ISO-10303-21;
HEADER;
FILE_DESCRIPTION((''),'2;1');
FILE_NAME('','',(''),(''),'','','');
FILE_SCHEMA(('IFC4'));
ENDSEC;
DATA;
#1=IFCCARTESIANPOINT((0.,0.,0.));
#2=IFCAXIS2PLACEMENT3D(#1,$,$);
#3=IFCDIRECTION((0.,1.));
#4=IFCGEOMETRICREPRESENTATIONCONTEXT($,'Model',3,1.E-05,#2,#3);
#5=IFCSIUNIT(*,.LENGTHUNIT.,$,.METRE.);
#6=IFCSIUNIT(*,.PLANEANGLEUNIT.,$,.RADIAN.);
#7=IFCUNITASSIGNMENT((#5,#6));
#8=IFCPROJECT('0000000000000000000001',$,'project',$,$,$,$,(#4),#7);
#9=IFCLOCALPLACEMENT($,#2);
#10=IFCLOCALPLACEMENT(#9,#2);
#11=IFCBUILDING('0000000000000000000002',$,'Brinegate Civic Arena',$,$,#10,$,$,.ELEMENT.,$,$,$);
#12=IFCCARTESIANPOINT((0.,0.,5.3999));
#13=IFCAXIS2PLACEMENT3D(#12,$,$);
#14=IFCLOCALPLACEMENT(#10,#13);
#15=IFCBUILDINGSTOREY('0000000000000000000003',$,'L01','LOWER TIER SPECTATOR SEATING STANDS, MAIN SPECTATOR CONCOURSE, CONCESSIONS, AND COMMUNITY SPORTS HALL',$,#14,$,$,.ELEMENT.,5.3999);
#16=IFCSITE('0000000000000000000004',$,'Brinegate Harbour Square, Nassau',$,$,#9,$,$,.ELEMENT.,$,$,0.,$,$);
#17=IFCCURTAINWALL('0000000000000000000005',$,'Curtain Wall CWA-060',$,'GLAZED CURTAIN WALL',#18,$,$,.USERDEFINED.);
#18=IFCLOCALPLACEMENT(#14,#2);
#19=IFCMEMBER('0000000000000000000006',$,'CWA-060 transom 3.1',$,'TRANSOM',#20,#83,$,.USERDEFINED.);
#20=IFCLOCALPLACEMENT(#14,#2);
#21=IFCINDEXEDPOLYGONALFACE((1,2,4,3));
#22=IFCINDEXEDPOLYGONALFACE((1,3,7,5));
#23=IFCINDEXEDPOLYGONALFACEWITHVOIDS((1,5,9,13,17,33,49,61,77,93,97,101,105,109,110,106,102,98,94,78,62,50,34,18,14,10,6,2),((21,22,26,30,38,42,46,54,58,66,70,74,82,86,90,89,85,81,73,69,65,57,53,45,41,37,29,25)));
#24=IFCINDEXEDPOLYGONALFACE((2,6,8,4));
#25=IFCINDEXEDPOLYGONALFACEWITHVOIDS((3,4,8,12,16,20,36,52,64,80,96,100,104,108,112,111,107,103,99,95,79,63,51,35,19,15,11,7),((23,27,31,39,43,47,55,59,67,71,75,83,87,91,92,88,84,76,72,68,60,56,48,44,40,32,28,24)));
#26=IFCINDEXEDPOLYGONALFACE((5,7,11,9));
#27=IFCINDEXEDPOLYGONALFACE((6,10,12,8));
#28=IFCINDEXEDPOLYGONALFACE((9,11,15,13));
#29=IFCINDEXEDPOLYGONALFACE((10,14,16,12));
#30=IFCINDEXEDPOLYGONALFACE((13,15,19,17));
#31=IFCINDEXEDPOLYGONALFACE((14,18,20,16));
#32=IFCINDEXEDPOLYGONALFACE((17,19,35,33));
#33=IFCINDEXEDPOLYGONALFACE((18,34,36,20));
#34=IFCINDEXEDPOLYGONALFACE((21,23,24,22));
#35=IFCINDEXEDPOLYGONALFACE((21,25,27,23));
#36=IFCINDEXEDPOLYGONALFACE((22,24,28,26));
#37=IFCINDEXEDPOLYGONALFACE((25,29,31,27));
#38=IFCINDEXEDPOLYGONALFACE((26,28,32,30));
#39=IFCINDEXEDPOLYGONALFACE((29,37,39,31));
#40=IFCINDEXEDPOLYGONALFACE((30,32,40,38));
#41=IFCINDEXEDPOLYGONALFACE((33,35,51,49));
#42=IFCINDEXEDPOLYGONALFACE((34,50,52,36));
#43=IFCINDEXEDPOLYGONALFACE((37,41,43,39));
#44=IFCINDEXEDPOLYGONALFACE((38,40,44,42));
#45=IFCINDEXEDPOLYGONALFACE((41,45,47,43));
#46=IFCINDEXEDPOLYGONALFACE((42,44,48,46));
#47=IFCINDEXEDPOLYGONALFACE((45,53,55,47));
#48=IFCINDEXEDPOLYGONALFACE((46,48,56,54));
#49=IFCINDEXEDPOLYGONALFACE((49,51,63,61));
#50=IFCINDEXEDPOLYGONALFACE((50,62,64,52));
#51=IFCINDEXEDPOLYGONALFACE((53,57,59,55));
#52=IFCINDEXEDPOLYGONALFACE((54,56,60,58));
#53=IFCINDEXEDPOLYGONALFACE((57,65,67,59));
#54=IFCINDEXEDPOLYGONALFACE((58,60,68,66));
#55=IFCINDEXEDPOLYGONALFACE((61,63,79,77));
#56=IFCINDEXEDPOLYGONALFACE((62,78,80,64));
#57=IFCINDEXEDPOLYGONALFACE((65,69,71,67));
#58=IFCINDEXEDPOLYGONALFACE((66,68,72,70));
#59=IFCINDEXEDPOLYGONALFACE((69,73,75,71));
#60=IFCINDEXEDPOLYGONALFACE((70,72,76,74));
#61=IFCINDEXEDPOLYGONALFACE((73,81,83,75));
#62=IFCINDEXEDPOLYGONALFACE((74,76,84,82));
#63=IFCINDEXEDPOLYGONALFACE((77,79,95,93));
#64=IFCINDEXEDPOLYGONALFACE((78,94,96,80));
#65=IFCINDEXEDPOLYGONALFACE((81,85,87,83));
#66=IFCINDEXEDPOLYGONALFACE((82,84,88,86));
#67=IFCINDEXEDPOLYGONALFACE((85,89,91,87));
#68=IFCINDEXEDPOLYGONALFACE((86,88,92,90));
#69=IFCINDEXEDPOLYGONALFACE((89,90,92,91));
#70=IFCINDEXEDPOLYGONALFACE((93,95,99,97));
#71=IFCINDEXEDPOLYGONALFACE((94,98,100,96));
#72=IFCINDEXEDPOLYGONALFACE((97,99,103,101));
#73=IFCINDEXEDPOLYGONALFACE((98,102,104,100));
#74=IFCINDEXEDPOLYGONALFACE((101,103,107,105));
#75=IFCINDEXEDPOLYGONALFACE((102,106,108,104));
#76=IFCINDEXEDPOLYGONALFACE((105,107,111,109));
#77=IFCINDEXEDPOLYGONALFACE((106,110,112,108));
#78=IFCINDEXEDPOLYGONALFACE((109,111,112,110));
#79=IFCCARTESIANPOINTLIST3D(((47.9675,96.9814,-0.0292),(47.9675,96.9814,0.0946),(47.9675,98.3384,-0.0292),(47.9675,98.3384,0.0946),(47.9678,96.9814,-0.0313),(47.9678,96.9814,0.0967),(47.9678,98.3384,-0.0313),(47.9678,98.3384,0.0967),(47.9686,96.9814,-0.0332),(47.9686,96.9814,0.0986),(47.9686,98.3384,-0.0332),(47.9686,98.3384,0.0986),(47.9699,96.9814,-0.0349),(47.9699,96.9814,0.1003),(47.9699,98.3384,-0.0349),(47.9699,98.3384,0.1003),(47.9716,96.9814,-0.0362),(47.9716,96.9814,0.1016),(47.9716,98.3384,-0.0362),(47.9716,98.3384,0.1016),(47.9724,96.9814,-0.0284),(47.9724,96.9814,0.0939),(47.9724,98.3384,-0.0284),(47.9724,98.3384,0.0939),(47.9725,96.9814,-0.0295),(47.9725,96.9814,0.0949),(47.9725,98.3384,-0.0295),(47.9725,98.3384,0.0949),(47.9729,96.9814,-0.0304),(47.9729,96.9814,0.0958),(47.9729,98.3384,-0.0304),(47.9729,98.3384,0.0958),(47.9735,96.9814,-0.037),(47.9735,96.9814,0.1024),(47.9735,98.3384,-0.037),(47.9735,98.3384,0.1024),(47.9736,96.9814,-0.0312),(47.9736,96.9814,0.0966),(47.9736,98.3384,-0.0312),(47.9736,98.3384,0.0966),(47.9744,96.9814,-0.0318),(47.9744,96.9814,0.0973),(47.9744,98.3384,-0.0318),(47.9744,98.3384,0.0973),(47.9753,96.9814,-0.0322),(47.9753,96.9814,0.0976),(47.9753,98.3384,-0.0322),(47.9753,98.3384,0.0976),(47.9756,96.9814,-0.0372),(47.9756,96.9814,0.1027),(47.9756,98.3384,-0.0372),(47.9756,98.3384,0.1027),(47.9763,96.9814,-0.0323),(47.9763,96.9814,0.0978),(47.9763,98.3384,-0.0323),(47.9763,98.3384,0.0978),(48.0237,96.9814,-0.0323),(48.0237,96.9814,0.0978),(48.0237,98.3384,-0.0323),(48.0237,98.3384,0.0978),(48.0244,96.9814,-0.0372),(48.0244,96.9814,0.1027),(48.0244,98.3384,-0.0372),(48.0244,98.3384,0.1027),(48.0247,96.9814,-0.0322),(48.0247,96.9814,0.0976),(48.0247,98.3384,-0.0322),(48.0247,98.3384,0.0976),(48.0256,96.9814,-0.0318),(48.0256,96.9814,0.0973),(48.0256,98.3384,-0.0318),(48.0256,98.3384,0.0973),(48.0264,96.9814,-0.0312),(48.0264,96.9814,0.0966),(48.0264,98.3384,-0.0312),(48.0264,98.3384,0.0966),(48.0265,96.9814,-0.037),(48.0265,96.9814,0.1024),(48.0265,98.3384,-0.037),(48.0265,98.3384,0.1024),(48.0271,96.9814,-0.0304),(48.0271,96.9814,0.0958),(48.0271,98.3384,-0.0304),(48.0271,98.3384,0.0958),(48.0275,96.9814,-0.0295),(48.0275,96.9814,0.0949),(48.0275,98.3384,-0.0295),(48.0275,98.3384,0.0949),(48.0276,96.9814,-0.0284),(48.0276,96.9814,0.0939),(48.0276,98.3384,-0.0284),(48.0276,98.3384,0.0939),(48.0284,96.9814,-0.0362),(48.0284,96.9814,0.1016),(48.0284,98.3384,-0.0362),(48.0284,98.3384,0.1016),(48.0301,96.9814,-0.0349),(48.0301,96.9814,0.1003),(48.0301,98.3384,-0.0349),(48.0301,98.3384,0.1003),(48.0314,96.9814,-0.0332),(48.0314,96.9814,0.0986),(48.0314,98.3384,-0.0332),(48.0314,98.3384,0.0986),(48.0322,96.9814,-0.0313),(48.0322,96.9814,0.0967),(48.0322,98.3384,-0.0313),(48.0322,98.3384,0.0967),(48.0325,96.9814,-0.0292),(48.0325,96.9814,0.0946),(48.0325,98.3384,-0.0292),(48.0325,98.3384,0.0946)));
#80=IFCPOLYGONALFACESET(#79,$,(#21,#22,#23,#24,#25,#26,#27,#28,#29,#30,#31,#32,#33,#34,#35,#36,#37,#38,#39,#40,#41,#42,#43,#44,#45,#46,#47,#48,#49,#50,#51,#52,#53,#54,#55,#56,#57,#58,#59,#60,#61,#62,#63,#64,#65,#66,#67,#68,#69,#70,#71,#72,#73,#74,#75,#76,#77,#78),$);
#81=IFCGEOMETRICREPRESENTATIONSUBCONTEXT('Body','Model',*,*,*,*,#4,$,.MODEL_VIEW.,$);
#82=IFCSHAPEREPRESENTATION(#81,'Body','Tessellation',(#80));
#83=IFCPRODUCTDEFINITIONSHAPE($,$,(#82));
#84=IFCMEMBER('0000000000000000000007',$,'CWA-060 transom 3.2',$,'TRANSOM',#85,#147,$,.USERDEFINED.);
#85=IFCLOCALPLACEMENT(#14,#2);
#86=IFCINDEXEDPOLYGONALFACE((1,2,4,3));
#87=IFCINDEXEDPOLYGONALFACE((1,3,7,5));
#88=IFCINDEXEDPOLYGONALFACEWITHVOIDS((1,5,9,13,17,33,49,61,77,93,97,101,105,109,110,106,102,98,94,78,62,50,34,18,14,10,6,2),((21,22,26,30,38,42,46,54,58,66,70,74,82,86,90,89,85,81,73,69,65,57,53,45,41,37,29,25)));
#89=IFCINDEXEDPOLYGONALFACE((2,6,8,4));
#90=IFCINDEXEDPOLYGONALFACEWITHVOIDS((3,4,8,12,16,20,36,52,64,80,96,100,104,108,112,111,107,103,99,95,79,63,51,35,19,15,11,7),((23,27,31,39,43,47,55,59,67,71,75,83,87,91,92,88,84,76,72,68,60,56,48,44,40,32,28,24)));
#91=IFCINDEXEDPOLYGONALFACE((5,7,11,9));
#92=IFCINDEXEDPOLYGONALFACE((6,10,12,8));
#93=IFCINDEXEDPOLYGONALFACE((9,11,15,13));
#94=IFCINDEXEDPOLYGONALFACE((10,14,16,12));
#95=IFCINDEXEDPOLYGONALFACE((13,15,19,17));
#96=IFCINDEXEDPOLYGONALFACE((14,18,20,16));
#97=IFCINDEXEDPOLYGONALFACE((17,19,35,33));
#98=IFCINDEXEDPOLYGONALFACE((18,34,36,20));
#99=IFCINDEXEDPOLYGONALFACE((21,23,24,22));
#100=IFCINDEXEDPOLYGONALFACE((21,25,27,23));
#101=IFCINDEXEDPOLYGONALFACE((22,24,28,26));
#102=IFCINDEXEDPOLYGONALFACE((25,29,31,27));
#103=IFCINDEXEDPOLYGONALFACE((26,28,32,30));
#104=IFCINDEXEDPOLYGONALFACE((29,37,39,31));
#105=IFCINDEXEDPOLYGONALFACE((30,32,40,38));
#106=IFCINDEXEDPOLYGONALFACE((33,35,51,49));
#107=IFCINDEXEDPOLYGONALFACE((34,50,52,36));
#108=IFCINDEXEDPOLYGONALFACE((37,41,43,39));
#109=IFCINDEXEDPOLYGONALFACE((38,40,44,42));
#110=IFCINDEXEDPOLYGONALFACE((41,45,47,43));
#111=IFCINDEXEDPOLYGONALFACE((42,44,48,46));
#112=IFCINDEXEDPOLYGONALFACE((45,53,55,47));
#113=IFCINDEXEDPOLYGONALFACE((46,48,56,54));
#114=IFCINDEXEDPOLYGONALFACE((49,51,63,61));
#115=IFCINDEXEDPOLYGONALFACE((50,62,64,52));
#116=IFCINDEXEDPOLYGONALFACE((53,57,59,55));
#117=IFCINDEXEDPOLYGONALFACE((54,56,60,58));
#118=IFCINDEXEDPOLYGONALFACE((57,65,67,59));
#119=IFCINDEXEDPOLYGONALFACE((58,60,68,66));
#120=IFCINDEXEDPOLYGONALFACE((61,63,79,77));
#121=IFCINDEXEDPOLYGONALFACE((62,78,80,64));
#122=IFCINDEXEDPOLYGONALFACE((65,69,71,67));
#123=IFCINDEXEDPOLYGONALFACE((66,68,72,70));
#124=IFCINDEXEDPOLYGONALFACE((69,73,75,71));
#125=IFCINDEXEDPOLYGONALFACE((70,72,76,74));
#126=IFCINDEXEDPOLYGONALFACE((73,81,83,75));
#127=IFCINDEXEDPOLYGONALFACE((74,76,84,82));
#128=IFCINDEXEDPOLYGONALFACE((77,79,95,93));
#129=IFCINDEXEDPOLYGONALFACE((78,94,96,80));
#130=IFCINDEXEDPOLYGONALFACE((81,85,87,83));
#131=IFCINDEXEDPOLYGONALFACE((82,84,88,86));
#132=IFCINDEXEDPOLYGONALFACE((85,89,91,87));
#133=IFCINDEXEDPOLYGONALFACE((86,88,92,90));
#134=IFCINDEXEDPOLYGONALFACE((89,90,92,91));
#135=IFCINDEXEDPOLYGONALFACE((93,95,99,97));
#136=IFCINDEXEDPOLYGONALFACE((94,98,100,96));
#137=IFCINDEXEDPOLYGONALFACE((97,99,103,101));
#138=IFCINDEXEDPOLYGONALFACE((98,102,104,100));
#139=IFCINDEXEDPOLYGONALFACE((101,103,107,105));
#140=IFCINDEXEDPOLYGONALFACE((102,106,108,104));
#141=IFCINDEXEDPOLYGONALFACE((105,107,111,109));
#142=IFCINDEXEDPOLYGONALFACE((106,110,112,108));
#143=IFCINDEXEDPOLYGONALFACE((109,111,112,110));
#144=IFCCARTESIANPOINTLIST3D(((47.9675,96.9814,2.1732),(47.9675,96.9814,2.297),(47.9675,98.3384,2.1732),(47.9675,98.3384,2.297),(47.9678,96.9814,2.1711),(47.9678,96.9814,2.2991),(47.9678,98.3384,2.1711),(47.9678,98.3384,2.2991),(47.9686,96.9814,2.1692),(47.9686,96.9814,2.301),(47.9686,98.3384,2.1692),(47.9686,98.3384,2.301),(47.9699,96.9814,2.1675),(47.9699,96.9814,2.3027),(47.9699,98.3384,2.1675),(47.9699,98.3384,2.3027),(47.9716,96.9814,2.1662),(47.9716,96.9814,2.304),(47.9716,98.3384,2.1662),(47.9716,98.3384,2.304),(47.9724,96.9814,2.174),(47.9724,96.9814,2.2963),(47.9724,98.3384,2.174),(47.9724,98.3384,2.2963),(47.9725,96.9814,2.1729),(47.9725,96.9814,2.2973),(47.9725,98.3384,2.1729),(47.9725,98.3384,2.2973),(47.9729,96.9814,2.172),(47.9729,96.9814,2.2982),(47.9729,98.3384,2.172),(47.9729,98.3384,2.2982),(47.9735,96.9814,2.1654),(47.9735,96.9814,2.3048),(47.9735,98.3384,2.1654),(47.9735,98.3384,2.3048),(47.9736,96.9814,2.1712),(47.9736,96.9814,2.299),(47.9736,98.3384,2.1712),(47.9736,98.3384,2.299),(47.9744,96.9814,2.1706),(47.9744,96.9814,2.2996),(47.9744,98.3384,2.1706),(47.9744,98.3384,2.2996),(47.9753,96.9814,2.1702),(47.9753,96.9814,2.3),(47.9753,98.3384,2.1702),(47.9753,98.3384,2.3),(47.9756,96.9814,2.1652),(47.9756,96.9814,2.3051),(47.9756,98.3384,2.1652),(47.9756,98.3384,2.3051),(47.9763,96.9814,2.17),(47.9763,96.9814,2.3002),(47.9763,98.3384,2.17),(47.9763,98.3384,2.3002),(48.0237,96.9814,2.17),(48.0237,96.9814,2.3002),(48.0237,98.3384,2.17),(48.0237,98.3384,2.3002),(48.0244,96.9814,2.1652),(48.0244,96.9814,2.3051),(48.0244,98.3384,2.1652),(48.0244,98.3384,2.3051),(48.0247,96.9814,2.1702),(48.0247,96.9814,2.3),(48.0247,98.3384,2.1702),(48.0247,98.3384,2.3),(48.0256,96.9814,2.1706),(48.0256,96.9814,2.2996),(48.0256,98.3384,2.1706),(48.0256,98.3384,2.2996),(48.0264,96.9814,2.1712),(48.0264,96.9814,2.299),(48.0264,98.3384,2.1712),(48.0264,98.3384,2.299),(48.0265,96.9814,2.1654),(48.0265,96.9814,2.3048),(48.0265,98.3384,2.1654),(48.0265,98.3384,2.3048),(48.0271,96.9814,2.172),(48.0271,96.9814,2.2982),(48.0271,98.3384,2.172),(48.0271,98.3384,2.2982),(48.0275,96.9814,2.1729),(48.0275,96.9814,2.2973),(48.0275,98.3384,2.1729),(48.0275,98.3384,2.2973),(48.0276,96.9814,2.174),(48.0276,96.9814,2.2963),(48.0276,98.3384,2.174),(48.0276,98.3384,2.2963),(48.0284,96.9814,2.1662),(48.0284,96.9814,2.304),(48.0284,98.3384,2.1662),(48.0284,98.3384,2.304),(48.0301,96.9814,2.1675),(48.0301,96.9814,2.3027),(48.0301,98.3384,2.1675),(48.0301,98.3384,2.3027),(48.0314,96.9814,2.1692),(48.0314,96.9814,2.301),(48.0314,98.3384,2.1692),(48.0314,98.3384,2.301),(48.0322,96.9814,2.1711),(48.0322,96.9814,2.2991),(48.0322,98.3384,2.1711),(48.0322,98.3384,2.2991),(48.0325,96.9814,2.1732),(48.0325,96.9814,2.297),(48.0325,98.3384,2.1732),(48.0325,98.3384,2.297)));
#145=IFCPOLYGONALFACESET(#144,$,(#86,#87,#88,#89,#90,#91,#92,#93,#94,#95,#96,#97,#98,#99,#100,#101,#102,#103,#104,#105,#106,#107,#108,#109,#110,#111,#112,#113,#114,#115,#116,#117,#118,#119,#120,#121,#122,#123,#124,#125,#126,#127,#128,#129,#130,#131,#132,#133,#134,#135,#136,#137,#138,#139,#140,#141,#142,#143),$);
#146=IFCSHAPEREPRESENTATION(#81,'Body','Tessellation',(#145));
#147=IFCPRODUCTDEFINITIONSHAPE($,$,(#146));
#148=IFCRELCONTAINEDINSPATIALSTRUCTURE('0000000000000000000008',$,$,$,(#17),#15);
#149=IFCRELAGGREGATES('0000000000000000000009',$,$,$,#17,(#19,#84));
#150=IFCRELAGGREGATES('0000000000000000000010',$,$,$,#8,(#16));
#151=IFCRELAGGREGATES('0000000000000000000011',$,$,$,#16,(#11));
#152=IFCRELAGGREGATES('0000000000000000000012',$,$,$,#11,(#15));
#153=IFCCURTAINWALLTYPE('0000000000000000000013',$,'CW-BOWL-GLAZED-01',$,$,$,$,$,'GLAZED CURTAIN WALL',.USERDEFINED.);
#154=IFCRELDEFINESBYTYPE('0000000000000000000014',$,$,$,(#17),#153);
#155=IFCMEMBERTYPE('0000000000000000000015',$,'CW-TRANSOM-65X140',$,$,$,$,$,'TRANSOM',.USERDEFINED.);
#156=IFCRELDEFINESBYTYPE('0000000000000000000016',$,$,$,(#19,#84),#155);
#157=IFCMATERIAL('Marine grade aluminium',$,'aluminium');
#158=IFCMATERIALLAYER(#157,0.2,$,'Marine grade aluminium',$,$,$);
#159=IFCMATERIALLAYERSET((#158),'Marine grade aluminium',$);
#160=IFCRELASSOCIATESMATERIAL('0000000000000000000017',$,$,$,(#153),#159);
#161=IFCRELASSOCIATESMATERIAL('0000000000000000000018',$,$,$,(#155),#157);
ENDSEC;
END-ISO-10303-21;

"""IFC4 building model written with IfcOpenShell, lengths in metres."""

from ifc_helpers import new_model, si_unit, direction, frame, origin, origin_2d, place, context, subcontext, project, spatial, hollow_rectangle, extrude, material, layer, layer_set, material_profile, profile_set, type_object, element, aggregate, save


model = new_model("IFC4")

# Units and contexts
model_context = context("Model", 3, precision=1e-05, world=origin(), true_north=direction((0.0, 1.0)))
body_context = subcontext(model_context, "Body", "Model", "MODEL_VIEW")
ifc_project = project(units=[si_unit("LENGTHUNIT", "METRE"), si_unit("PLANEANGLEUNIT", "RADIAN")], contexts=[model_context])

# Site, building, storey
site_placement = place(None, origin())
site = spatial("IfcSite", under=ifc_project, at=site_placement, Name="Brinegate Harbour Square, Nassau", CompositionType="ELEMENT", RefElevation=0.0)
building_placement = place(site_placement, origin())
building = spatial("IfcBuilding", under=site, at=building_placement, Name="Brinegate Civic Arena", CompositionType="ELEMENT")
storey_placement = place(building_placement, frame((0.0, 0.0, 5.3999)))
storey = spatial("IfcBuildingStorey", under=building, at=storey_placement, Name="L01", Description="LOWER TIER SPECTATOR SEATING STANDS, MAIN SPECTATOR CONCOURSE, CONCESSIONS, AND COMMUNITY SPORTS HALL", CompositionType="ELEMENT", Elevation=5.3999)

# Curtain wall, members
ifc_material_1 = material(Name="Marine grade aluminium", Category="aluminium")
ifc_layer_1 = layer(ifc_material_1, 0.2, Name="Marine grade aluminium")
ifc_layer_set_1 = layer_set([ifc_layer_1], Name="Marine grade aluminium")
curtain_wall_type = type_object("IfcCurtainWallType", Name="CW-BOWL-GLAZED-01", ElementType="GLAZED CURTAIN WALL", PredefinedType="USERDEFINED", material=ifc_layer_set_1)
curtain_wall_placement = place(storey_placement, origin())
curtain_wall = element("IfcCurtainWall", 1, at=curtain_wall_placement, inside=storey, type_object=curtain_wall_type, Name="Curtain Wall CWA-060", ObjectType="GLAZED CURTAIN WALL", PredefinedType="USERDEFINED")
ifc_material_profile_1 = material_profile(ifc_material_1, hollow_rectangle(XDim=0.0649, YDim=0.1399, WallThickness=0.0049, InnerFilletRadius=0.0039, OuterFilletRadius=0.0081, at=origin_2d()), Name="TRN65X140")
ifc_profile_set_1 = profile_set([ifc_material_profile_1], Name="Marine grade aluminium")
member_type_1 = type_object("IfcMemberType", Name="CW-TRANSOM-65X140", ElementType="TRANSOM", PredefinedType="USERDEFINED", material=ifc_profile_set_1)
member_1_placement = place(storey_placement, frame((48.0, 96.9814, 0.0327), z_axis=(0.0, 1.0, 0.0), x_axis=(-1.0, 0.0, 0.0)))
member_1 = element("IfcMember", 2, at=member_1_placement, type_object=member_type_1, Name="CWA-060 transom 3.1", ObjectType="TRANSOM", PredefinedType="USERDEFINED", context=body_context, shape_type="SweptSolid", body=[
    extrude(hollow_rectangle(XDim=0.0649, YDim=0.1399, WallThickness=0.0049, InnerFilletRadius=0.0039, OuterFilletRadius=0.0081, at=origin_2d()), origin(), (0.0, 0.0, 1.0), 1.3569),
])
member_2_placement = place(storey_placement, frame((48.0, 96.9814, 2.2351), z_axis=(0.0, 1.0, 0.0), x_axis=(-1.0, 0.0, 0.0)))
member_2 = element("IfcMember", 3, at=member_2_placement, type_object=member_type_1, Name="CWA-060 transom 3.2", ObjectType="TRANSOM", PredefinedType="USERDEFINED", context=body_context, shape_type="SweptSolid", body=[
    extrude(hollow_rectangle(XDim=0.0649, YDim=0.1399, WallThickness=0.0049, InnerFilletRadius=0.0039, OuterFilletRadius=0.0081, at=origin_2d()), origin(), (0.0, 0.0, 1.0), 1.3569),
])

aggregate(curtain_wall, [member_1, member_2])

save(model, "model.ifc")
